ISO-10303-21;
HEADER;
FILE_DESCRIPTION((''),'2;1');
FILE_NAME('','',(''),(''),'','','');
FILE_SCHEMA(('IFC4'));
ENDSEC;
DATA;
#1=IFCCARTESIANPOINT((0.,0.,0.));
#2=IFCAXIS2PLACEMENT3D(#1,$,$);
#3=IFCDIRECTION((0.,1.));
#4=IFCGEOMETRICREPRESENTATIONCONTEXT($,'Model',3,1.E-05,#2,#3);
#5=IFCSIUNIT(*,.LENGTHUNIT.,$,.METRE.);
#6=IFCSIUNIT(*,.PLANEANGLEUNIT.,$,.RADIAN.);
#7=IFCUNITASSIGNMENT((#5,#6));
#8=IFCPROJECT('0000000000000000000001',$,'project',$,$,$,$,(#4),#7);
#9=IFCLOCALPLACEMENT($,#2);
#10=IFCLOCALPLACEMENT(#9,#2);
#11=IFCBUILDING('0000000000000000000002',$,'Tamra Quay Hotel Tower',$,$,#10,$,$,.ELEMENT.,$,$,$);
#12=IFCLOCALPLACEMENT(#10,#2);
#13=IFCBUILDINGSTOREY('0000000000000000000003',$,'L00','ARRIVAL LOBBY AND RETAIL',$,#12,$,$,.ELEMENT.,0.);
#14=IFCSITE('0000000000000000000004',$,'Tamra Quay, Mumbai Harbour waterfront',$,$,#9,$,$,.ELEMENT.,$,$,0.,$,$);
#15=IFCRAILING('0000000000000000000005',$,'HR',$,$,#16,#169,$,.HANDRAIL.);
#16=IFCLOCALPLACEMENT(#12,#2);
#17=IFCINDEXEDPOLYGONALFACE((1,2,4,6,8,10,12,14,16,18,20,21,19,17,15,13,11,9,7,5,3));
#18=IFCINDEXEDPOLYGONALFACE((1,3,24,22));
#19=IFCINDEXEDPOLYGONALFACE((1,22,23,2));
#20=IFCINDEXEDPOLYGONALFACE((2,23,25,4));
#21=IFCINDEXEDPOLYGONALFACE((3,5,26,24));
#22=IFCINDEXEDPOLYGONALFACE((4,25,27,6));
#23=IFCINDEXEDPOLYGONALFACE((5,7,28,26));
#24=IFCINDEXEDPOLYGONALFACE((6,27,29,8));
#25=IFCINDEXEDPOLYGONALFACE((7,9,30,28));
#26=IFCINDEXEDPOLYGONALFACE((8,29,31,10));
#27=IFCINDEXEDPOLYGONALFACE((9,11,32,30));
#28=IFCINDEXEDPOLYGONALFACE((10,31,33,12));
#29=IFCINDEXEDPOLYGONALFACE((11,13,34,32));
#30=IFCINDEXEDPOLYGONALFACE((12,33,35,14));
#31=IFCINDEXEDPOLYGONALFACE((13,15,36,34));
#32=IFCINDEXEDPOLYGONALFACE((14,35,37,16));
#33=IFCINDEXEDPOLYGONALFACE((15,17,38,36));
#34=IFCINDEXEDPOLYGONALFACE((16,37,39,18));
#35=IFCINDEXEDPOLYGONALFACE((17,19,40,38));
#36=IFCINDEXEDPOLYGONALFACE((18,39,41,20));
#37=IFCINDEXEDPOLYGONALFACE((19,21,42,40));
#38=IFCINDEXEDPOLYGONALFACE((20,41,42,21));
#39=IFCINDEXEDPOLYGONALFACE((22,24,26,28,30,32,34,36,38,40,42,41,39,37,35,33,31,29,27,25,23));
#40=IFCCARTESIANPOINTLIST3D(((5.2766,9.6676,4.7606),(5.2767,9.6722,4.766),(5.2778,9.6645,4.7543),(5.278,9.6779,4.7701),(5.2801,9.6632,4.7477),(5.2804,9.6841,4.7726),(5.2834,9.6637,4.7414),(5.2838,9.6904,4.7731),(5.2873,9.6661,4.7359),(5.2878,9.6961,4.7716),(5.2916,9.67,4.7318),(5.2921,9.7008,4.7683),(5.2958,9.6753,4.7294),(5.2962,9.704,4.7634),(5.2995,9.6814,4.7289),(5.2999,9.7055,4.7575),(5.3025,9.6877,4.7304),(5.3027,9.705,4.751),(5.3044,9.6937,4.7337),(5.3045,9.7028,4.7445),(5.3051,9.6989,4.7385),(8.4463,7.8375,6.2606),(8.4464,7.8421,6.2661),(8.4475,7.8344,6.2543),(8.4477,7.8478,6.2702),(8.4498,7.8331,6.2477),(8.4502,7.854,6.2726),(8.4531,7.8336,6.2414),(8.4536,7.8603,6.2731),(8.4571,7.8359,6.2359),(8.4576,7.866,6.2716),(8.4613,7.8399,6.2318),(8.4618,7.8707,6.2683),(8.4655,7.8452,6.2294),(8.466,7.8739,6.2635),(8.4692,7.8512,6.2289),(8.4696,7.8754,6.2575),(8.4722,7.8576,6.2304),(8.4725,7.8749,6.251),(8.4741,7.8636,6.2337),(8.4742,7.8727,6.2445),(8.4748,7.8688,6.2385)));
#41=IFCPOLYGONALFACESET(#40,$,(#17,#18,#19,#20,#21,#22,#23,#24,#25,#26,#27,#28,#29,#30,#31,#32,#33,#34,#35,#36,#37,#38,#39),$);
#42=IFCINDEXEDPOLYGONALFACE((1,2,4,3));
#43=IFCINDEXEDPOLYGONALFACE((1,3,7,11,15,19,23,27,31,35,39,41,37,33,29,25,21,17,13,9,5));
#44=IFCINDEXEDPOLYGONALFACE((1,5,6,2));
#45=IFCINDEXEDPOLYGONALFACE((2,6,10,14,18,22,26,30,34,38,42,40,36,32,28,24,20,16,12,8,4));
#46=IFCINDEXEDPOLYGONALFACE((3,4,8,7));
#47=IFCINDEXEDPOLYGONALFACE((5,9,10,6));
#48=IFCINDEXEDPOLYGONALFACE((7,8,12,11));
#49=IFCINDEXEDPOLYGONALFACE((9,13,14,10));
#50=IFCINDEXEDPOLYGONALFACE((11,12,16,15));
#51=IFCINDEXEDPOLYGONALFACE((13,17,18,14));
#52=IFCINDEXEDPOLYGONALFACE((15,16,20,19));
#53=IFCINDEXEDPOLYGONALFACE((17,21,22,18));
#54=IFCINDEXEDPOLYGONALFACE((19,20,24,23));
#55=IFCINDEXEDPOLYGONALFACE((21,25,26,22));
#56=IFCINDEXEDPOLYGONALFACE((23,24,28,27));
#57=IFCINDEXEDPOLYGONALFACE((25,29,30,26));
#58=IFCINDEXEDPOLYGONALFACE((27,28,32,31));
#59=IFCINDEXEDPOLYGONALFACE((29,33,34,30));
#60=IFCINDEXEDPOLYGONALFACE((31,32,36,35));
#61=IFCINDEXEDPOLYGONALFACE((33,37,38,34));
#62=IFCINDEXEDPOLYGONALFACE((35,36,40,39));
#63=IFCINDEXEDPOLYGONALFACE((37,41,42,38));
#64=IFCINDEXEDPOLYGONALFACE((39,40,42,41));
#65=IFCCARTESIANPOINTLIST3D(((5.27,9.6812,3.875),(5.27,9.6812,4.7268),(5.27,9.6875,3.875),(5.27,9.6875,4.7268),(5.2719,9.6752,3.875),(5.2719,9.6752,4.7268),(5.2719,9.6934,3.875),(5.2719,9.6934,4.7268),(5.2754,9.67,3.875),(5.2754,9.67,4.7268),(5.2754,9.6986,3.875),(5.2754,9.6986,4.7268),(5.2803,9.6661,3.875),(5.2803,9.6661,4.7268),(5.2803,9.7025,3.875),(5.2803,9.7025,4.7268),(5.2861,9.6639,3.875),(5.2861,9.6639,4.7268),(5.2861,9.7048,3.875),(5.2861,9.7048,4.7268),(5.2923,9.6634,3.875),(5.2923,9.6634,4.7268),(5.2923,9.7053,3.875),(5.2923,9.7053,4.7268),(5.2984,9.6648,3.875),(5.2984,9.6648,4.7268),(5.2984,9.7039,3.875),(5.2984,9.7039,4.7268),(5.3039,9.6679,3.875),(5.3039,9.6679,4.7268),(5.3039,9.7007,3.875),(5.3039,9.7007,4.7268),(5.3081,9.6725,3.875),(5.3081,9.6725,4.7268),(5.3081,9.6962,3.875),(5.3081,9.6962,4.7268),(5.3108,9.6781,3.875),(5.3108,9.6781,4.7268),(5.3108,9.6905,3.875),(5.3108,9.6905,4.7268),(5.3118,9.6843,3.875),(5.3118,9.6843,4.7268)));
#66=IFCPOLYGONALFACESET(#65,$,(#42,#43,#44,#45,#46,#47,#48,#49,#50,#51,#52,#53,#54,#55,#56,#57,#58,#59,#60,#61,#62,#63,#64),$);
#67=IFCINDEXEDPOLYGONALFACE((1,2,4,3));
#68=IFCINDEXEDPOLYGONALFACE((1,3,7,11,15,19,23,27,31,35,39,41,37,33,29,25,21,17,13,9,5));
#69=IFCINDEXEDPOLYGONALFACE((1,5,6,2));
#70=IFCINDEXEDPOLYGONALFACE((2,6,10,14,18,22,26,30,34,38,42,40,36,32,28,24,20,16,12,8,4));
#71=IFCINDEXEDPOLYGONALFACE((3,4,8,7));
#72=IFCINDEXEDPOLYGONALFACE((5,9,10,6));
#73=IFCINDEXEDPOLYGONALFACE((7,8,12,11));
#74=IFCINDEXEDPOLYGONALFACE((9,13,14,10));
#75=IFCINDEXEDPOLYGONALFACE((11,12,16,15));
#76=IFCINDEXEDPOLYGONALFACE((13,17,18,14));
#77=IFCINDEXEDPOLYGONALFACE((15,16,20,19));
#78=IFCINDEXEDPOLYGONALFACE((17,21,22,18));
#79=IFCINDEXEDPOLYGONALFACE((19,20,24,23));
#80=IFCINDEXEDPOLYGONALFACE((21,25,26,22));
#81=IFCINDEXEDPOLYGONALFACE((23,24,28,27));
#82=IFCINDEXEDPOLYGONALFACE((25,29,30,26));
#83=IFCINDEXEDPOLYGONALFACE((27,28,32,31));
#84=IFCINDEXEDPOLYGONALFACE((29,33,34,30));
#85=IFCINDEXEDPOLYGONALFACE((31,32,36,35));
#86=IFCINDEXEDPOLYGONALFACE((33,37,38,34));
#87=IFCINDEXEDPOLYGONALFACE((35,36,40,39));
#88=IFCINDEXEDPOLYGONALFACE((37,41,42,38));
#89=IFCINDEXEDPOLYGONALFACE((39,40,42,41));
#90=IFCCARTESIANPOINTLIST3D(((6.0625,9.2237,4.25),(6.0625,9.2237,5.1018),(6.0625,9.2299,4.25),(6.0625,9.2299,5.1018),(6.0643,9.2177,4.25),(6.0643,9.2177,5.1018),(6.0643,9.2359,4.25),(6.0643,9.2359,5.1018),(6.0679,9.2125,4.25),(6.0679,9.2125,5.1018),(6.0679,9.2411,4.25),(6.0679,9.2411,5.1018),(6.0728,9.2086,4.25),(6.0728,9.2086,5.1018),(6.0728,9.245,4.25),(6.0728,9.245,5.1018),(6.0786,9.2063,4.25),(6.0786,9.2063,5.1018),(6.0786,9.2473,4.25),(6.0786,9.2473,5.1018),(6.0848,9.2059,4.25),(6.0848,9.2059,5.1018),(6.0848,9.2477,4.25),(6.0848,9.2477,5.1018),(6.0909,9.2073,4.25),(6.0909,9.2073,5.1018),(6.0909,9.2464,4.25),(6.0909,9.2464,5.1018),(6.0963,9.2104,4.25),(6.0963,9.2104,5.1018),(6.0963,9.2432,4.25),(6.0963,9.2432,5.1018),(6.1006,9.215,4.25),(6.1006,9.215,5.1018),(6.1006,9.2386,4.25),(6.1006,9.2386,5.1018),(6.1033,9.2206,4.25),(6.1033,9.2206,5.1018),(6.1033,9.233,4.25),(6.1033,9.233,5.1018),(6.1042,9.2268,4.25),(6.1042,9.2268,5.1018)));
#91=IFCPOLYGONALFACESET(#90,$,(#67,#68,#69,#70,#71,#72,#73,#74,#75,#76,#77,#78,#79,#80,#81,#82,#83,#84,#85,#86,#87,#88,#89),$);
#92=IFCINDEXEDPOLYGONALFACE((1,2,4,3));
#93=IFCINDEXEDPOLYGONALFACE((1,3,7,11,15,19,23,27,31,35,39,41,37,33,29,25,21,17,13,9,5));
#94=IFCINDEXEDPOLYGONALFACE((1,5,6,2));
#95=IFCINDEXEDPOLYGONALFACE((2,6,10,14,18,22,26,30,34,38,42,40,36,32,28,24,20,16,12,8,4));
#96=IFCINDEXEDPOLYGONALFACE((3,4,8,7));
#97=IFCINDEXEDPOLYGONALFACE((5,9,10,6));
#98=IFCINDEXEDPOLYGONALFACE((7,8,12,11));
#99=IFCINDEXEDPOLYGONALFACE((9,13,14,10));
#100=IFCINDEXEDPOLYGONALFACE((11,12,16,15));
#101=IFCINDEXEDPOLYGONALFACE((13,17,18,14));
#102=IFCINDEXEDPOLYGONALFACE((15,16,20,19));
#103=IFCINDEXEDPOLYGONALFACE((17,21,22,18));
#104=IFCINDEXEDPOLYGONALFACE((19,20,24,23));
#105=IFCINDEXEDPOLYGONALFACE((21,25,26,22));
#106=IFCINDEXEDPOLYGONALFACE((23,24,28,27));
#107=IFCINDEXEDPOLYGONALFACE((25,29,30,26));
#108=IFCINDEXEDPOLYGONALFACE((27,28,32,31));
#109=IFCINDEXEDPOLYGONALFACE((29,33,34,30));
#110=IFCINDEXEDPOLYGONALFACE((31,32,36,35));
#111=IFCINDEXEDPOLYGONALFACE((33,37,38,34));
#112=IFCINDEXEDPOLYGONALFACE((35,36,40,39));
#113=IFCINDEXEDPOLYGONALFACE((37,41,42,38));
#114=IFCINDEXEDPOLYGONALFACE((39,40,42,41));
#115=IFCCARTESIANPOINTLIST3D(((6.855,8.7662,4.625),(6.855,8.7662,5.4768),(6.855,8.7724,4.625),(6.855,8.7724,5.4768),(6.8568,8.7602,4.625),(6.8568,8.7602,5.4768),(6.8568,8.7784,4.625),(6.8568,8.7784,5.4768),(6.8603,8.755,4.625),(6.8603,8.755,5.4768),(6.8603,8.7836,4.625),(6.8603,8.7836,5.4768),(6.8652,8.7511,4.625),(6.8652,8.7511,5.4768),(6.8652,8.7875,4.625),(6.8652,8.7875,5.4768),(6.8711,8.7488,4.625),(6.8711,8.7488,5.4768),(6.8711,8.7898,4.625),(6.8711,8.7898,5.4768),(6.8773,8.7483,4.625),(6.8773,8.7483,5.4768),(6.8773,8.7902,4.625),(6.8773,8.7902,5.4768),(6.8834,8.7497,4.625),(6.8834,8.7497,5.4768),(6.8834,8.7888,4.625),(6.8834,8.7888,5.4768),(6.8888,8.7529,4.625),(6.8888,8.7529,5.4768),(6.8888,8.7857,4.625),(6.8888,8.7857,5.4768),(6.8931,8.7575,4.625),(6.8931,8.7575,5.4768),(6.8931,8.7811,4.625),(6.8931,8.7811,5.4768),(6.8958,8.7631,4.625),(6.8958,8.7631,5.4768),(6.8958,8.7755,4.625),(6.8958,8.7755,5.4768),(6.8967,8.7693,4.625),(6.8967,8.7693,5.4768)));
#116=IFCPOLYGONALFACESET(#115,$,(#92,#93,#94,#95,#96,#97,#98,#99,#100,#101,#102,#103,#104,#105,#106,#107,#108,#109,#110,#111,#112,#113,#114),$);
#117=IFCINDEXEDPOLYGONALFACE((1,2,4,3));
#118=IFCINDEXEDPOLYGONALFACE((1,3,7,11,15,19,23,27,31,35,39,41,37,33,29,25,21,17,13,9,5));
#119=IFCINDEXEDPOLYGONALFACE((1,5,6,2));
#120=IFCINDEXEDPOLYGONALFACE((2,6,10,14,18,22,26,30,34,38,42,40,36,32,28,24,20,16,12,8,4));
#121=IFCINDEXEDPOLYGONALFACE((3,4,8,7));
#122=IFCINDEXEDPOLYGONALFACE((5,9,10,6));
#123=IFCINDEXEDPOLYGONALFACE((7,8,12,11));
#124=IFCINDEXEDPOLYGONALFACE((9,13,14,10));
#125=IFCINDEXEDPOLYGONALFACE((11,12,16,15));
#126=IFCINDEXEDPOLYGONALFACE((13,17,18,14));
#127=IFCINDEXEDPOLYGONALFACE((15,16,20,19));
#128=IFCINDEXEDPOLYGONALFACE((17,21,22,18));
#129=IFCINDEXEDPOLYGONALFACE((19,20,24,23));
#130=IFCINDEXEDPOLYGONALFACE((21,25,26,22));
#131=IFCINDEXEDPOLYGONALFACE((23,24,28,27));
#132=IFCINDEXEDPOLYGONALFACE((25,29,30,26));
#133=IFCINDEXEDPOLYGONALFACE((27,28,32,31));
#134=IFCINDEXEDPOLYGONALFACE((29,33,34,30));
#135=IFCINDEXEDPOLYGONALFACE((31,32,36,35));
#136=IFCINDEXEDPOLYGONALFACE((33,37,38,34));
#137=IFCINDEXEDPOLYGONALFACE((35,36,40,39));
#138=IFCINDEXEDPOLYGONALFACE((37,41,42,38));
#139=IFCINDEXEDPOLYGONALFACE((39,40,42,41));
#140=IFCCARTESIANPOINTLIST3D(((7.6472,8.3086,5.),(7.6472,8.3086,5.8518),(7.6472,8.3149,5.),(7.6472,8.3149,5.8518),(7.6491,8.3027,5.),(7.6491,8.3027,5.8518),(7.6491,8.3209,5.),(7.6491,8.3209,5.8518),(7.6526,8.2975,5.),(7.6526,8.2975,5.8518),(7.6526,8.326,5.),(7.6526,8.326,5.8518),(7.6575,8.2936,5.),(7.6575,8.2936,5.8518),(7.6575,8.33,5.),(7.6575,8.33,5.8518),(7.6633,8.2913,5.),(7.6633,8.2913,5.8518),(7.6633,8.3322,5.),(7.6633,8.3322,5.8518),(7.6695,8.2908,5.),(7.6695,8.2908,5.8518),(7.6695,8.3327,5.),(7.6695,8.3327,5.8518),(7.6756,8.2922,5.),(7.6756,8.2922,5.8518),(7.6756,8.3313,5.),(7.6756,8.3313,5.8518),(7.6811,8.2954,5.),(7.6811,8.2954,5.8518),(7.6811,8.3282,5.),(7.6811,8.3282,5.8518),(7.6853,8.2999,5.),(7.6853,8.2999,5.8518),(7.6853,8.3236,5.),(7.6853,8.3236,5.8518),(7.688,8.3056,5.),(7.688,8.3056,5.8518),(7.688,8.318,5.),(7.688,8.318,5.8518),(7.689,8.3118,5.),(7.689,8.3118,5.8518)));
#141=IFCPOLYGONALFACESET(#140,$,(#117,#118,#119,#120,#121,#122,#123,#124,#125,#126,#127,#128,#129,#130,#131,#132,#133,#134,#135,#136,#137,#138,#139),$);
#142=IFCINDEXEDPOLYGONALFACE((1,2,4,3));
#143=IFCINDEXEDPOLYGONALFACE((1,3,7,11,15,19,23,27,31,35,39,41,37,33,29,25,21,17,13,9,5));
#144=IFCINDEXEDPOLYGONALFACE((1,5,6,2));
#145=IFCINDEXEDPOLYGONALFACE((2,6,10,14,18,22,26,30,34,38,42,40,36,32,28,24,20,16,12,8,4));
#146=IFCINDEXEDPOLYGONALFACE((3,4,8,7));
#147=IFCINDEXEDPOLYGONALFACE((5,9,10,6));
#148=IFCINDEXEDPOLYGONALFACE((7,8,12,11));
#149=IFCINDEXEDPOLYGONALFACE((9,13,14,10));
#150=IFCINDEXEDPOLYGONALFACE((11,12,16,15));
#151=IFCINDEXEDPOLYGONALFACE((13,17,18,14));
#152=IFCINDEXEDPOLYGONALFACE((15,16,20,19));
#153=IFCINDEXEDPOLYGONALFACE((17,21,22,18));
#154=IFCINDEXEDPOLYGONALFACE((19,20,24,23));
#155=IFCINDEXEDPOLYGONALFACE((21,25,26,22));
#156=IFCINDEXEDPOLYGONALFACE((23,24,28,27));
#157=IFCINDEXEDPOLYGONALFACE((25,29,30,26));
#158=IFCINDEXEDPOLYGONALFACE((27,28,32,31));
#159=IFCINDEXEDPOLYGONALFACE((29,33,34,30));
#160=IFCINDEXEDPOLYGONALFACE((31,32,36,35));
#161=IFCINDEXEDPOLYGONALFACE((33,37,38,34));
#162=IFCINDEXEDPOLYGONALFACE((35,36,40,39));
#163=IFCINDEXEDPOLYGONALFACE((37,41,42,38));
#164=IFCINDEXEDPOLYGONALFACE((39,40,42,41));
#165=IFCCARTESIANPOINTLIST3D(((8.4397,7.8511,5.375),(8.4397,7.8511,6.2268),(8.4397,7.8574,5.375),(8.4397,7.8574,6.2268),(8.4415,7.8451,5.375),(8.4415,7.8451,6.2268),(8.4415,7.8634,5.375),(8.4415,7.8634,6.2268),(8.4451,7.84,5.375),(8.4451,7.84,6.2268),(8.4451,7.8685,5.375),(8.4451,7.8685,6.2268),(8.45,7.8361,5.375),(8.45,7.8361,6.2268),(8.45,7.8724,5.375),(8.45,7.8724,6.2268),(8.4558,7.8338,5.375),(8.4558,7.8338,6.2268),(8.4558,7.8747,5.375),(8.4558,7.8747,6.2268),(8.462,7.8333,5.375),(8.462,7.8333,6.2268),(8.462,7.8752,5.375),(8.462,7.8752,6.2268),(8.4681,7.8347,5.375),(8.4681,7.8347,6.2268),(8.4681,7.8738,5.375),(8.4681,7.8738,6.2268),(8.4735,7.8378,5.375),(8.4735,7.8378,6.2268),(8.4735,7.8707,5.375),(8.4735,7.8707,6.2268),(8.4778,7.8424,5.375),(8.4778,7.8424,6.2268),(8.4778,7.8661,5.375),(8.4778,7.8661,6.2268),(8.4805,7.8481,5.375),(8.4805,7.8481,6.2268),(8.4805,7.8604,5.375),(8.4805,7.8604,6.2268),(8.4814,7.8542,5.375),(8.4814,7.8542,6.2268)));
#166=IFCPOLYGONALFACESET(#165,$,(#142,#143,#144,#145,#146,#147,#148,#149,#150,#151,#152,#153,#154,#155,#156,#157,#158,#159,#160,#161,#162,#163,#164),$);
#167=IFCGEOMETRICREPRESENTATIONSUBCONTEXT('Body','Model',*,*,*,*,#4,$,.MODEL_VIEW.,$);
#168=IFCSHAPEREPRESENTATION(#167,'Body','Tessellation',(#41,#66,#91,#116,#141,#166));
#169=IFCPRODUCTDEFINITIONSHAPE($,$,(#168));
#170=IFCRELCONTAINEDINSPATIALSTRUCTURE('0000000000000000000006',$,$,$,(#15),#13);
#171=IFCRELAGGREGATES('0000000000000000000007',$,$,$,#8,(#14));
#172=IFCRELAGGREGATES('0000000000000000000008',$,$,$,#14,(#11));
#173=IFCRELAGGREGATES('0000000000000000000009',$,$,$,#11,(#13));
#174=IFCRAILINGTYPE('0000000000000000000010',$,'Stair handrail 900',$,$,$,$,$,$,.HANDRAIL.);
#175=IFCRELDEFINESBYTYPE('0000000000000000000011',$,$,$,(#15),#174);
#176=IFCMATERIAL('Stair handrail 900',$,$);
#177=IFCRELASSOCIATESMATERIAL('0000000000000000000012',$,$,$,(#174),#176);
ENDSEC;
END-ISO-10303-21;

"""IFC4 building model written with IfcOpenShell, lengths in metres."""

from ifc_helpers import new_model, si_unit, direction, frame, origin, origin_2d, place, context, subcontext, project, spatial, circle, extrude, material, type_object, element, save


model = new_model("IFC4")

# Units and contexts
model_context = context("Model", 3, precision=1e-05, world=origin(), true_north=direction((0.0, 1.0)))
body_context = subcontext(model_context, "Body", "Model", "MODEL_VIEW")
ifc_project = project(units=[si_unit("LENGTHUNIT", "METRE"), si_unit("PLANEANGLEUNIT", "RADIAN")], contexts=[model_context])

# Site, building, storey
site_placement = place(None, origin())
site = spatial("IfcSite", under=ifc_project, at=site_placement, Name="Tamra Quay, Mumbai Harbour waterfront", CompositionType="ELEMENT", RefElevation=0.0)
building_placement = place(site_placement, origin())
building = spatial("IfcBuilding", under=site, at=building_placement, Name="Tamra Quay Hotel Tower", CompositionType="ELEMENT")
storey_placement = place(building_placement, origin())
storey = spatial("IfcBuildingStorey", under=building, at=storey_placement, Name="L00", Description="ARRIVAL LOBBY AND RETAIL", CompositionType="ELEMENT", Elevation=0.0)

# Railing
ifc_material_1 = material(Name="Stair handrail 900")
railing_type_1 = type_object("IfcRailingType", Name="Stair handrail 900", PredefinedType="HANDRAIL", material=ifc_material_1)
railing_1_placement = place(storey_placement, frame((5.2908, 9.6843, 3.875)))
element("IfcRailing", 1, at=railing_1_placement, inside=storey, type_object=railing_type_1, Name="HR", PredefinedType="HANDRAIL", context=body_context, shape_type="SweptSolid", body=[
    extrude(circle(Radius=0.0239, at=origin_2d()), frame((0.0, 0.0, 0.876), z_axis=(0.801333, -0.462666, 0.379218), x_axis=(0.500013, 0.866018, 0.0)), (0.0, 0.0, 1.0), 3.9556),
    extrude(circle(Radius=0.021, at=origin_2d()), origin(), (0.0, 0.0, 1.0), 0.8518),
    extrude(circle(Radius=0.021, at=origin_2d()), frame((0.7925, -0.4575, 0.375)), (0.0, 0.0, 1.0), 0.8518),
    extrude(circle(Radius=0.021, at=origin_2d()), frame((1.585, -0.915, 0.75)), (0.0, 0.0, 1.0), 0.8518),
    extrude(circle(Radius=0.021, at=origin_2d()), frame((2.3772, -1.3726, 1.125)), (0.0, 0.0, 1.0), 0.8518),
    extrude(circle(Radius=0.021, at=origin_2d()), frame((3.1697, -1.8301, 1.5)), (0.0, 0.0, 1.0), 0.8518),
])

save(model, "model.ifc")
